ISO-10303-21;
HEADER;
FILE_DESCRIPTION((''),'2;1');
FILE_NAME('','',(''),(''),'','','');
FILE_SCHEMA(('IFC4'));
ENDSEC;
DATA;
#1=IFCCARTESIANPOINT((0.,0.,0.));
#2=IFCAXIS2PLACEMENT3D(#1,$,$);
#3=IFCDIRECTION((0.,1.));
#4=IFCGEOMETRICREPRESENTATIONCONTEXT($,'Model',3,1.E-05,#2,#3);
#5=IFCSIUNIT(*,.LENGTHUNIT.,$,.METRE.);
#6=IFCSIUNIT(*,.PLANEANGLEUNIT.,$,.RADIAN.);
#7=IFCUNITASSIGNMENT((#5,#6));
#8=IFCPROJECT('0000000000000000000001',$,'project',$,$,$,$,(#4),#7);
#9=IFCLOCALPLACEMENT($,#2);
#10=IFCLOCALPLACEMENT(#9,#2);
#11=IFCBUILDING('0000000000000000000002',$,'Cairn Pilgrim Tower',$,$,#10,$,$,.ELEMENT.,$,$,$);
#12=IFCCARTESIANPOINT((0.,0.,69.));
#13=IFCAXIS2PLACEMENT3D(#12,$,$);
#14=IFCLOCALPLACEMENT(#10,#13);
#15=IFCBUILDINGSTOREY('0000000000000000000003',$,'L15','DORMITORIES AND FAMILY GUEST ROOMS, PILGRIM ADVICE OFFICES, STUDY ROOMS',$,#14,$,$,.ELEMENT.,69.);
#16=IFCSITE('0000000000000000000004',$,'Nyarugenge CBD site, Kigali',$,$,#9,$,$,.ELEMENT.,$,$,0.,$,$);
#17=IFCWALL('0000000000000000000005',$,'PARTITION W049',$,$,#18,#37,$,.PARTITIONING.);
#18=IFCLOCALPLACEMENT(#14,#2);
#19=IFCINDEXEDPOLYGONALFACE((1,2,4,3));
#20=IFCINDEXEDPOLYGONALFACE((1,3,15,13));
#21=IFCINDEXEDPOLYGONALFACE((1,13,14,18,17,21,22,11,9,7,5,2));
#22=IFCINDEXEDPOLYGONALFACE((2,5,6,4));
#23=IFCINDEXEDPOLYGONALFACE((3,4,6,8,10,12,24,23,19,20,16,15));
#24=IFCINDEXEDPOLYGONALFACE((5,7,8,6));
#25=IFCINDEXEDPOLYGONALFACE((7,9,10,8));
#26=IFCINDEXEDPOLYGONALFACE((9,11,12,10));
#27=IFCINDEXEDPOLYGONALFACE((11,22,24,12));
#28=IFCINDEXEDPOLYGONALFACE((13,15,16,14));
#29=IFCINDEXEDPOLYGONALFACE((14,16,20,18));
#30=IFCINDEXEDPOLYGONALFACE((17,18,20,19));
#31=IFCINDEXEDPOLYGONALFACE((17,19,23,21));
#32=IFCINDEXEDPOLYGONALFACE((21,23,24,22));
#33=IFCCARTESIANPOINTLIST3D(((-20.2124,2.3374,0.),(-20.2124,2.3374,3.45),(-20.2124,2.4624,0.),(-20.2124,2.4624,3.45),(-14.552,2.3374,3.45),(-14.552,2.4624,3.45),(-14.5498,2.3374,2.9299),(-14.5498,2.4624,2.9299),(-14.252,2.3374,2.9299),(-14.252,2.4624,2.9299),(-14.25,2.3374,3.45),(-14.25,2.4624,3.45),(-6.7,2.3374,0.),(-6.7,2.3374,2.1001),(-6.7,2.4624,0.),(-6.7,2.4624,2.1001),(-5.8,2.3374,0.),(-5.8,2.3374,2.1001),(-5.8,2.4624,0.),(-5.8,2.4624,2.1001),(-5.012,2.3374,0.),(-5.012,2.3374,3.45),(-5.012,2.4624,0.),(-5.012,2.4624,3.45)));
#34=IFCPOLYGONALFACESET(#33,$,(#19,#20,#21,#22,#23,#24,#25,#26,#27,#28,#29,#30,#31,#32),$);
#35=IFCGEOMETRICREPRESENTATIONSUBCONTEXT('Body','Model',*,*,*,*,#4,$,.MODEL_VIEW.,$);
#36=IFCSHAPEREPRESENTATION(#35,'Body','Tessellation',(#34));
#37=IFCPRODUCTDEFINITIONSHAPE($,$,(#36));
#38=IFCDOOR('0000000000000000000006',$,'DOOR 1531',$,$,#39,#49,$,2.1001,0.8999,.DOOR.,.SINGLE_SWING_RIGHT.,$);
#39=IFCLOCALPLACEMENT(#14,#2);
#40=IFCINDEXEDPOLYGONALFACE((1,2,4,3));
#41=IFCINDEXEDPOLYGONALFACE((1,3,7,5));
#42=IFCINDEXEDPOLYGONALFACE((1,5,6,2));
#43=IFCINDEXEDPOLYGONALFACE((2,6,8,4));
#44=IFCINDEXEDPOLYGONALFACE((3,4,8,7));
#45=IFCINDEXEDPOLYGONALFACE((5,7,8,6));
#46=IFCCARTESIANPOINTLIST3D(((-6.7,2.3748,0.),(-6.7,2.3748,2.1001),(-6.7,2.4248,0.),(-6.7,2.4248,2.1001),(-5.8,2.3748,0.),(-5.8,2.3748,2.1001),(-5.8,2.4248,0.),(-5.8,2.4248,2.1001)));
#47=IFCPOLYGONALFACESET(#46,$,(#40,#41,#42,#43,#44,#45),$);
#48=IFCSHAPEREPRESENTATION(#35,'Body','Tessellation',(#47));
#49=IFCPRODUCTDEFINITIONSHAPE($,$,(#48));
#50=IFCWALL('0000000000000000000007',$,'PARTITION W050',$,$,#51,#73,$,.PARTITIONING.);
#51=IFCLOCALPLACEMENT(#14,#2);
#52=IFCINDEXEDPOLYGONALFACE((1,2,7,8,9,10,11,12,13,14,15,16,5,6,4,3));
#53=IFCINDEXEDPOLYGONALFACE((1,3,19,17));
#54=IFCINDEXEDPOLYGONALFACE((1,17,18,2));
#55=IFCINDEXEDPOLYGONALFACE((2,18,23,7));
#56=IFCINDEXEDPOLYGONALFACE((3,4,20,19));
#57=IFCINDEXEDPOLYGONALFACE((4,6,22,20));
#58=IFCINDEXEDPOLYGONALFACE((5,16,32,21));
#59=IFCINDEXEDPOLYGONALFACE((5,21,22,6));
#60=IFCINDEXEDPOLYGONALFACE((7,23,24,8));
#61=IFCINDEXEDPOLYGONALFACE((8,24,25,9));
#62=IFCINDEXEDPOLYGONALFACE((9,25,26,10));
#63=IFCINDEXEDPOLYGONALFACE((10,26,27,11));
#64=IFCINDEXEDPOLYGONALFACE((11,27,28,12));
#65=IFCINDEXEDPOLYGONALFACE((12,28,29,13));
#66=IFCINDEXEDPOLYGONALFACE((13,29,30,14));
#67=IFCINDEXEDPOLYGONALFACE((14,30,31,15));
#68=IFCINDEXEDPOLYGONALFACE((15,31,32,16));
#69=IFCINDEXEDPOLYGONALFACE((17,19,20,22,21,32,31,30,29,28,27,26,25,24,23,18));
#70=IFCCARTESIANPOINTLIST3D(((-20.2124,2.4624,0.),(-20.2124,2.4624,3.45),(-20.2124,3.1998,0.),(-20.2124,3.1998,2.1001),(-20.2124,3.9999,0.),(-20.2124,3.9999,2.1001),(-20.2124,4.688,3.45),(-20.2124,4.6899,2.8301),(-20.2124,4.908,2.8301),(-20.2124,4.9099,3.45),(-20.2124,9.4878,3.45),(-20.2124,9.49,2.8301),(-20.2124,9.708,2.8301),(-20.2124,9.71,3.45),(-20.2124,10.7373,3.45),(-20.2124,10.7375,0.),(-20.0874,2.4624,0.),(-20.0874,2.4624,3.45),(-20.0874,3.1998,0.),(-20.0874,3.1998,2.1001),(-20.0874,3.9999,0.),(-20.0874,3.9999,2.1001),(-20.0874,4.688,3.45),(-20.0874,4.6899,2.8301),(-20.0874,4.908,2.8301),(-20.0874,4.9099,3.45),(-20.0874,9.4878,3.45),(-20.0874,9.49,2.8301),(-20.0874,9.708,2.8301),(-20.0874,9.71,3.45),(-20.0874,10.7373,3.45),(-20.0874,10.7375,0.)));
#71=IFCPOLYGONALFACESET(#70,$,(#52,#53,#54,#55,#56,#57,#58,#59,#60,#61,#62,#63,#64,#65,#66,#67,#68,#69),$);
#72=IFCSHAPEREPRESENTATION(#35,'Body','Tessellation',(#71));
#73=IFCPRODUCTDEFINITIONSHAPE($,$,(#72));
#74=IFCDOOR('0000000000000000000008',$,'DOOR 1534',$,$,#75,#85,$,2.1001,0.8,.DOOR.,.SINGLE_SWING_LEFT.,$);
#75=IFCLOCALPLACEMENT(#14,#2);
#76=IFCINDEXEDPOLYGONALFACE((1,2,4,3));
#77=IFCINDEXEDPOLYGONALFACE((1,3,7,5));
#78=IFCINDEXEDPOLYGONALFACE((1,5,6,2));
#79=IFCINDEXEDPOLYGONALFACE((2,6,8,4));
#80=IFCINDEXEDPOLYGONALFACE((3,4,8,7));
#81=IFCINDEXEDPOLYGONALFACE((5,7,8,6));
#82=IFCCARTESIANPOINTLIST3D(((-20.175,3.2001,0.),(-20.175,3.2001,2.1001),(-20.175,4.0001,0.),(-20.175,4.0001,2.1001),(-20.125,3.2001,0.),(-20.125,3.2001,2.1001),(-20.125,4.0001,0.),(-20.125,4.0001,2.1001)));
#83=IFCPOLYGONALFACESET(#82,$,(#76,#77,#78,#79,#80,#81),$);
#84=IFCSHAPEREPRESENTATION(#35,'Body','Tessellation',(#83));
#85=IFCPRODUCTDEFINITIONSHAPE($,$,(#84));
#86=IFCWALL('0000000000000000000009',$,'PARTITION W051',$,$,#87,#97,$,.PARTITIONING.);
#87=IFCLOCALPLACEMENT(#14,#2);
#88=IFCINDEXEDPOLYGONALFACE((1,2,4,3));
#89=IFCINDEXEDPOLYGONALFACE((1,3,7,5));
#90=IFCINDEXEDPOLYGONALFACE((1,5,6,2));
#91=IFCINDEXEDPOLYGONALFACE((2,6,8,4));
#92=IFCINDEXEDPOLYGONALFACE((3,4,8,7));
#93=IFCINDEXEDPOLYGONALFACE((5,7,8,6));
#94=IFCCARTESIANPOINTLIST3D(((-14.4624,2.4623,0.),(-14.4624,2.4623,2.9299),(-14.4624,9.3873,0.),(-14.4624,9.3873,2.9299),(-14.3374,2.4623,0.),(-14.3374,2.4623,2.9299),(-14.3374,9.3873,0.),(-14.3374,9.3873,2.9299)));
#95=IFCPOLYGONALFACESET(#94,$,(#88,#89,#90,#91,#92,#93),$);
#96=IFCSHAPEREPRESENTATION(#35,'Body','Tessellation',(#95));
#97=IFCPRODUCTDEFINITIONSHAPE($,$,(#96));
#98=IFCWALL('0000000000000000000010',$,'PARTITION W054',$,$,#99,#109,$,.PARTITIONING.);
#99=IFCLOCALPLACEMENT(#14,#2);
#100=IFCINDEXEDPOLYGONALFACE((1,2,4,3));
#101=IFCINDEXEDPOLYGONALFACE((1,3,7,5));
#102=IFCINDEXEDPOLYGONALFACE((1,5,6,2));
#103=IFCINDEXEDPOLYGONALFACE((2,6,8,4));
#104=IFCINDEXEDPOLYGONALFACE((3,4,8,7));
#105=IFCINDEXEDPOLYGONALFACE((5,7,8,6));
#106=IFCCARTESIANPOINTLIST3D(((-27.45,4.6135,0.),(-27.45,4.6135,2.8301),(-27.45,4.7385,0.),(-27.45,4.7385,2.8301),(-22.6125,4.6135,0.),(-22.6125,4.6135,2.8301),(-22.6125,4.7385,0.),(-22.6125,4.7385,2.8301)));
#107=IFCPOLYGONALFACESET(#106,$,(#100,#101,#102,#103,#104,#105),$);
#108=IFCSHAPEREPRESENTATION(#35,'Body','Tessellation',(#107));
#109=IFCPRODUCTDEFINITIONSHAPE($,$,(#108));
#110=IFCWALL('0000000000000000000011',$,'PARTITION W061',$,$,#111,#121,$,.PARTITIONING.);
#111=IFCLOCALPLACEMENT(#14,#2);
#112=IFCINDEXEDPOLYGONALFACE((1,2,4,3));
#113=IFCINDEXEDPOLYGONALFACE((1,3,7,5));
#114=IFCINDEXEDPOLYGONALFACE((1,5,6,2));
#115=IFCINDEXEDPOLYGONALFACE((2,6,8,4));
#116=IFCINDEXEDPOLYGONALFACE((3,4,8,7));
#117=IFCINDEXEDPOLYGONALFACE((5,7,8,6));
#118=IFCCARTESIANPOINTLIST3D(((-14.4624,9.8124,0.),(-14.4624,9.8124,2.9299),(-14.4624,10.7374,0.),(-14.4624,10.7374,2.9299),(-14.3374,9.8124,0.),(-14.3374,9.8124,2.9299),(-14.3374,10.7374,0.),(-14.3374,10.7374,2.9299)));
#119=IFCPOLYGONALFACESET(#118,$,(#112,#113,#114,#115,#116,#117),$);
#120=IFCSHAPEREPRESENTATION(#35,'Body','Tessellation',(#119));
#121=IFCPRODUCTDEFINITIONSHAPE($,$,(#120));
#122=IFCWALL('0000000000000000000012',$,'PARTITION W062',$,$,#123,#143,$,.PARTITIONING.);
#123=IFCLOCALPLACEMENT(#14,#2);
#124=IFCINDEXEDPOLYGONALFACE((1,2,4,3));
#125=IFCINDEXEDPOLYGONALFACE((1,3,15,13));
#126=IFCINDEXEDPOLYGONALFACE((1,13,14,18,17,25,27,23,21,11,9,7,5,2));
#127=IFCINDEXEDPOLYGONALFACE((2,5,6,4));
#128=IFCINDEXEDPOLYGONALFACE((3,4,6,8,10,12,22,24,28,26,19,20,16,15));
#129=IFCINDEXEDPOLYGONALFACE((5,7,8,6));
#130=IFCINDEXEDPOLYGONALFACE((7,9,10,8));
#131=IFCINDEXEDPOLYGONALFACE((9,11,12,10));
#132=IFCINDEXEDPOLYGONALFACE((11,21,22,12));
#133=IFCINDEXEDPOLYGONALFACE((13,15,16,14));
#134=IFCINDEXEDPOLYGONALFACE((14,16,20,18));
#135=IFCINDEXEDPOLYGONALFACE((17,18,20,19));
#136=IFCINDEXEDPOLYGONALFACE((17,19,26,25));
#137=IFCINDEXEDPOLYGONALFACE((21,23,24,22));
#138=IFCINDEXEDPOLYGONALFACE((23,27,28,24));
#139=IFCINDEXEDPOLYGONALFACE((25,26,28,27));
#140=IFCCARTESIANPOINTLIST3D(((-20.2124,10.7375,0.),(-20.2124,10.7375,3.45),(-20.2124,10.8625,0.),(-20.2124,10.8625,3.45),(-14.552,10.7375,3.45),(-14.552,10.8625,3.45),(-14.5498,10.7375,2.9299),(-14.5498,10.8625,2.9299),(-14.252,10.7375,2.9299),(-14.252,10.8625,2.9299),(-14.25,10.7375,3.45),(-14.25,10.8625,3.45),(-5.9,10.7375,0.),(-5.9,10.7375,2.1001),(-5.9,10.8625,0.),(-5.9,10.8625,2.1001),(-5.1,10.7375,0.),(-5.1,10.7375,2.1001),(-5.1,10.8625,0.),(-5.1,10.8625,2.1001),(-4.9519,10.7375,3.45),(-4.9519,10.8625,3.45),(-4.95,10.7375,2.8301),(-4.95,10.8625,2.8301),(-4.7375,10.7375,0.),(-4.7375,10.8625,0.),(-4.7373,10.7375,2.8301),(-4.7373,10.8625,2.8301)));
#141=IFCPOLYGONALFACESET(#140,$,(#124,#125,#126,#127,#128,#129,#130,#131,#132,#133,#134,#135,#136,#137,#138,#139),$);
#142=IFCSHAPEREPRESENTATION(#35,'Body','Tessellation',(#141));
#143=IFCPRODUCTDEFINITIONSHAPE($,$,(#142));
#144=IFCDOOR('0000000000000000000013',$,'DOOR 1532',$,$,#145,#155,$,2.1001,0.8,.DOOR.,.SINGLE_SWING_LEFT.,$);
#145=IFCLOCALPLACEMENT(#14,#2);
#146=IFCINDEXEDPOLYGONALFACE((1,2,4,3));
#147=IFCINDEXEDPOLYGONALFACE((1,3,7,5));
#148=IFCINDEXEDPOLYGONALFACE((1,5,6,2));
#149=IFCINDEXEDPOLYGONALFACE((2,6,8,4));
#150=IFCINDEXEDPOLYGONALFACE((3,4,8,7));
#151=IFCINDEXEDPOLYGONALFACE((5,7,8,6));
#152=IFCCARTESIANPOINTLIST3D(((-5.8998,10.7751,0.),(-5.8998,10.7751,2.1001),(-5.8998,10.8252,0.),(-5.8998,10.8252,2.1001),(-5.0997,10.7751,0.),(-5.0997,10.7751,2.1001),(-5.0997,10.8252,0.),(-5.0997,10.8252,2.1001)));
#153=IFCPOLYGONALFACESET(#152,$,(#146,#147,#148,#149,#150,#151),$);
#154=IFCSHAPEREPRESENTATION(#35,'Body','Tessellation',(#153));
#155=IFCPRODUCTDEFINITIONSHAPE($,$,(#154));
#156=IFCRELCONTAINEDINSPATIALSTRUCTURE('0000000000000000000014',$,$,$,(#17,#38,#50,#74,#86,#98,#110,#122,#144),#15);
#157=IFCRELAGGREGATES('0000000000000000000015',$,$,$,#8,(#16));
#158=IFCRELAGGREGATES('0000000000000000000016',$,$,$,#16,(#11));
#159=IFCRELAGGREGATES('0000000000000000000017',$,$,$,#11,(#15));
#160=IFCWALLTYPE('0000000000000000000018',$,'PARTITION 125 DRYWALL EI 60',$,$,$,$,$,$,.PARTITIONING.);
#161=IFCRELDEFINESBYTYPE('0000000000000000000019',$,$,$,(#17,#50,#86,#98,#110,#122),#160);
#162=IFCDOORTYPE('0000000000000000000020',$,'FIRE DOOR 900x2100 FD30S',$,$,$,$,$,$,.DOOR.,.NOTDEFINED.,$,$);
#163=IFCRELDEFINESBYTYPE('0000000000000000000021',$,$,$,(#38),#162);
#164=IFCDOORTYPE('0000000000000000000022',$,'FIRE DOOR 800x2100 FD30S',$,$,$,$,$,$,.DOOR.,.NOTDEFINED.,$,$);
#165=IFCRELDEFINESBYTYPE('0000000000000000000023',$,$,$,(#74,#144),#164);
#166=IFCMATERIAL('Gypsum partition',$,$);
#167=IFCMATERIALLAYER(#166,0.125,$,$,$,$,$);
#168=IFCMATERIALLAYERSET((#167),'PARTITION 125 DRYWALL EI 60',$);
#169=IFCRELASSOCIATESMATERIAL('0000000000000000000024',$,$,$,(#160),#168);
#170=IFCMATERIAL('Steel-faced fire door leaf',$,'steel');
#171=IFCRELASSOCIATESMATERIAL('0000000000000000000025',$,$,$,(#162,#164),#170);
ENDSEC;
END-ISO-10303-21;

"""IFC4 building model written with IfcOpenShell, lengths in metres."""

from ifc_helpers import new_model, si_unit, direction, frame, frame_2d, origin, place, context, subcontext, project, spatial, polyline, rectangle, outline, extrude, material, layer, layer_set, type_object, element, fill, save


model = new_model("IFC4")

# Units and contexts
model_context = context("Model", 3, precision=1e-05, world=origin(), true_north=direction((0.0, 1.0)))
body_context = subcontext(model_context, "Body", "Model", "MODEL_VIEW")
ifc_project = project(units=[si_unit("LENGTHUNIT", "METRE"), si_unit("PLANEANGLEUNIT", "RADIAN")], contexts=[model_context])

# Site, building, storey
site_placement = place(None, origin())
site = spatial("IfcSite", under=ifc_project, at=site_placement, Name="Nyarugenge CBD site, Kigali", CompositionType="ELEMENT", RefElevation=0.0)
building_placement = place(site_placement, origin())
building = spatial("IfcBuilding", under=site, at=building_placement, Name="Cairn Pilgrim Tower", CompositionType="ELEMENT")
storey_placement = place(building_placement, frame((0.0, 0.0, 69.0)))
storey = spatial("IfcBuildingStorey", under=building, at=storey_placement, Name="L15", Description="DORMITORIES AND FAMILY GUEST ROOMS, PILGRIM ADVICE OFFICES, STUDY ROOMS", CompositionType="ELEMENT", Elevation=69.0)

# Walls, openings, doors
ifc_material_1 = material(Name="Gypsum partition")
ifc_layer_1 = layer(ifc_material_1, 0.125)
ifc_layer_set_1 = layer_set([ifc_layer_1], Name="PARTITION 125 DRYWALL EI 60")
wall_type_1 = type_object("IfcWallType", Name="PARTITION 125 DRYWALL EI 60", PredefinedType="PARTITIONING", material=ifc_layer_set_1)
wall_1_placement = place(storey_placement, frame((-20.2124, 2.3999, 0.0), z_axis=(0.0, 0.0, 1.0), x_axis=(1.0, 0.0, 0.0)))
wall_1 = element("IfcWall", 1, at=wall_1_placement, inside=storey, type_object=wall_type_1, Name="PARTITION W049", PredefinedType="PARTITIONING", context=body_context, shape_type="SweptSolid", body=[
    extrude(outline(polyline([(0.0, 0.0), (15.2004, 0.0), (15.2004, 3.45), (5.9624, 3.45), (5.9604, 2.9299), (5.6626, 2.9299), (5.6604, 3.45), (0.0, 3.45), (0.0, 0.0)])), frame((0.0, 0.0625, 0.0), z_axis=(0.0, -1.0, 0.0), x_axis=(1.0, 0.0, 0.0)), (0.0, 0.0, 1.0), 0.125),
])
opening_1_placement = place(wall_1_placement, frame((13.5125, 0.0, 0.0)))
opening_1 = element("IfcOpeningElement", 2, at=opening_1_placement, cuts=wall_1, PredefinedType="OPENING", context=body_context, shape_type="SweptSolid", body=[
    extrude(rectangle(XDim=0.8999, YDim=2.1001, at=frame_2d((0.45, 1.05))), frame((0.0, 0.0725, 0.0), z_axis=(0.0, -1.0, 0.0), x_axis=(1.0, 0.0, 0.0)), (0.0, 0.0, 1.0), 0.145),
])
ifc_material_2 = material(Name="Steel-faced fire door leaf", Category="steel")
door_type_1 = type_object("IfcDoorType", Name="FIRE DOOR 900x2100 FD30S", OperationType="NOTDEFINED", PredefinedType="DOOR", material=ifc_material_2)
door_1_placement = place(opening_1_placement, origin())
door_1 = element("IfcDoor", 3, at=door_1_placement, inside=storey, type_object=door_type_1, Name="DOOR 1531", OperationType="SINGLE_SWING_RIGHT", OverallHeight=2.1001, OverallWidth=0.8999, PredefinedType="DOOR", context=body_context, shape_type="SweptSolid", body=[
    extrude(rectangle(XDim=0.8999, YDim=2.1001, at=frame_2d((0.45, 1.05))), frame((0.0, 0.0249, 0.0), z_axis=(0.0, -1.0, 0.0), x_axis=(1.0, 0.0, 0.0)), (0.0, 0.0, 1.0), 0.05),
])
fill(opening_1, door_1)
wall_2_placement = place(storey_placement, frame((-20.1499, 2.4624, 0.0), z_axis=(0.0, 0.0, 1.0), x_axis=(0.0, 1.0, 0.0)))
wall_2 = element("IfcWall", 4, at=wall_2_placement, inside=storey, type_object=wall_type_1, Name="PARTITION W050", PredefinedType="PARTITIONING", context=body_context, shape_type="SweptSolid", body=[
    extrude(outline(polyline([(0.0, 0.0), (8.2751, 0.0), (8.2749, 3.45), (7.2476, 3.45), (7.2456, 2.8301), (7.0276, 2.8301), (7.0254, 3.45), (2.4475, 3.45), (2.4456, 2.8301), (2.2275, 2.8301), (2.2256, 3.45), (0.0, 3.45), (0.0, 0.0)])), frame((0.0, 0.0625, 0.0), z_axis=(0.0, -1.0, 0.0), x_axis=(1.0, 0.0, 0.0)), (0.0, 0.0, 1.0), 0.125),
])
opening_2_placement = place(wall_2_placement, frame((0.7375, 0.0, 0.0)))
opening_2 = element("IfcOpeningElement", 5, at=opening_2_placement, cuts=wall_2, PredefinedType="OPENING", context=body_context, shape_type="SweptSolid", body=[
    extrude(rectangle(XDim=0.8, YDim=2.1001, at=frame_2d((0.3999, 1.05))), frame((0.0, 0.0725, 0.0), z_axis=(0.0, -1.0, 0.0), x_axis=(1.0, 0.0, 0.0)), (0.0, 0.0, 1.0), 0.145),
])
door_type_2 = type_object("IfcDoorType", Name="FIRE DOOR 800x2100 FD30S", OperationType="NOTDEFINED", PredefinedType="DOOR", material=ifc_material_2)
door_2_placement = place(opening_2_placement, frame((0.8, 0.0, 0.0), z_axis=(0.0, 0.0, 1.0), x_axis=(-1.0, 0.0, 0.0)))
door_2 = element("IfcDoor", 6, at=door_2_placement, inside=storey, type_object=door_type_2, Name="DOOR 1534", OperationType="SINGLE_SWING_LEFT", OverallHeight=2.1001, OverallWidth=0.8, PredefinedType="DOOR", context=body_context, shape_type="SweptSolid", body=[
    extrude(rectangle(XDim=0.8, YDim=2.1001, at=frame_2d((0.3999, 1.05))), frame((0.0, 0.0249, 0.0), z_axis=(0.0, -1.0, 0.0), x_axis=(1.0, 0.0, 0.0)), (0.0, 0.0, 1.0), 0.05),
])
fill(opening_2, door_2)

# Walls
wall_3_placement = place(storey_placement, frame((-14.3999, 2.4624, 0.0), z_axis=(0.0, 0.0, 1.0), x_axis=(0.0, 1.0, 0.0)))
element("IfcWall", 7, at=wall_3_placement, inside=storey, type_object=wall_type_1, Name="PARTITION W051", PredefinedType="PARTITIONING", context=body_context, shape_type="SweptSolid", body=[
    extrude(rectangle(XDim=6.925, YDim=0.125, at=frame_2d((3.4624, 0.0))), origin(), (0.0, 0.0, 1.0), 2.9299),
])
wall_4_placement = place(storey_placement, frame((-27.45, 4.676, 0.0), z_axis=(0.0, 0.0, 1.0), x_axis=(1.0, 0.0, 0.0)))
element("IfcWall", 8, at=wall_4_placement, inside=storey, type_object=wall_type_1, Name="PARTITION W054", PredefinedType="PARTITIONING", context=body_context, shape_type="SweptSolid", body=[
    extrude(rectangle(XDim=4.8374, YDim=0.125, at=frame_2d((2.4187, 0.0))), origin(), (0.0, 0.0, 1.0), 2.8301),
])
wall_5_placement = place(storey_placement, frame((-14.3999, 9.8125, 0.0), z_axis=(0.0, 0.0, 1.0), x_axis=(0.0, 1.0, 0.0)))
element("IfcWall", 9, at=wall_5_placement, inside=storey, type_object=wall_type_1, Name="PARTITION W061", PredefinedType="PARTITIONING", context=body_context, shape_type="SweptSolid", body=[
    extrude(rectangle(XDim=0.925, YDim=0.125, at=frame_2d((0.4624, 0.0))), origin(), (0.0, 0.0, 1.0), 2.9299),
])

# Wall, opening, door
wall_6_placement = place(storey_placement, frame((-20.2124, 10.8, 0.0), z_axis=(0.0, 0.0, 1.0), x_axis=(1.0, 0.0, 0.0)))
wall_6 = element("IfcWall", 10, at=wall_6_placement, inside=storey, type_object=wall_type_1, Name="PARTITION W062", PredefinedType="PARTITIONING", context=body_context, shape_type="SweptSolid", body=[
    extrude(outline(polyline([(0.0, 0.0), (15.4749, 0.0), (15.4751, 2.8301), (15.2625, 2.8301), (15.2605, 3.45), (5.9624, 3.45), (5.9604, 2.9299), (5.6626, 2.9299), (5.6604, 3.45), (0.0, 3.45), (0.0, 0.0)])), frame((0.0, 0.0625, 0.0), z_axis=(0.0, -1.0, 0.0), x_axis=(1.0, 0.0, 0.0)), (0.0, 0.0, 1.0), 0.125),
])
opening_3_placement = place(wall_6_placement, frame((14.3125, 0.0, 0.0)))
opening_3 = element("IfcOpeningElement", 11, at=opening_3_placement, cuts=wall_6, PredefinedType="OPENING", context=body_context, shape_type="SweptSolid", body=[
    extrude(rectangle(XDim=0.8, YDim=2.1001, at=frame_2d((0.3999, 1.05))), frame((0.0, 0.0725, 0.0), z_axis=(0.0, -1.0, 0.0), x_axis=(1.0, 0.0, 0.0)), (0.0, 0.0, 1.0), 0.145),
])
door_3_placement = place(opening_3_placement, frame((0.8, 0.0, 0.0), z_axis=(0.0, 0.0, 1.0), x_axis=(-1.0, 0.0, 0.0)))
door_3 = element("IfcDoor", 12, at=door_3_placement, inside=storey, type_object=door_type_2, Name="DOOR 1532", OperationType="SINGLE_SWING_LEFT", OverallHeight=2.1001, OverallWidth=0.8, PredefinedType="DOOR", context=body_context, shape_type="SweptSolid", body=[
    extrude(rectangle(XDim=0.8, YDim=2.1001, at=frame_2d((0.3999, 1.05))), frame((0.0, 0.0249, 0.0), z_axis=(0.0, -1.0, 0.0), x_axis=(1.0, 0.0, 0.0)), (0.0, 0.0, 1.0), 0.05),
])
fill(opening_3, door_3)

save(model, "model.ifc")
